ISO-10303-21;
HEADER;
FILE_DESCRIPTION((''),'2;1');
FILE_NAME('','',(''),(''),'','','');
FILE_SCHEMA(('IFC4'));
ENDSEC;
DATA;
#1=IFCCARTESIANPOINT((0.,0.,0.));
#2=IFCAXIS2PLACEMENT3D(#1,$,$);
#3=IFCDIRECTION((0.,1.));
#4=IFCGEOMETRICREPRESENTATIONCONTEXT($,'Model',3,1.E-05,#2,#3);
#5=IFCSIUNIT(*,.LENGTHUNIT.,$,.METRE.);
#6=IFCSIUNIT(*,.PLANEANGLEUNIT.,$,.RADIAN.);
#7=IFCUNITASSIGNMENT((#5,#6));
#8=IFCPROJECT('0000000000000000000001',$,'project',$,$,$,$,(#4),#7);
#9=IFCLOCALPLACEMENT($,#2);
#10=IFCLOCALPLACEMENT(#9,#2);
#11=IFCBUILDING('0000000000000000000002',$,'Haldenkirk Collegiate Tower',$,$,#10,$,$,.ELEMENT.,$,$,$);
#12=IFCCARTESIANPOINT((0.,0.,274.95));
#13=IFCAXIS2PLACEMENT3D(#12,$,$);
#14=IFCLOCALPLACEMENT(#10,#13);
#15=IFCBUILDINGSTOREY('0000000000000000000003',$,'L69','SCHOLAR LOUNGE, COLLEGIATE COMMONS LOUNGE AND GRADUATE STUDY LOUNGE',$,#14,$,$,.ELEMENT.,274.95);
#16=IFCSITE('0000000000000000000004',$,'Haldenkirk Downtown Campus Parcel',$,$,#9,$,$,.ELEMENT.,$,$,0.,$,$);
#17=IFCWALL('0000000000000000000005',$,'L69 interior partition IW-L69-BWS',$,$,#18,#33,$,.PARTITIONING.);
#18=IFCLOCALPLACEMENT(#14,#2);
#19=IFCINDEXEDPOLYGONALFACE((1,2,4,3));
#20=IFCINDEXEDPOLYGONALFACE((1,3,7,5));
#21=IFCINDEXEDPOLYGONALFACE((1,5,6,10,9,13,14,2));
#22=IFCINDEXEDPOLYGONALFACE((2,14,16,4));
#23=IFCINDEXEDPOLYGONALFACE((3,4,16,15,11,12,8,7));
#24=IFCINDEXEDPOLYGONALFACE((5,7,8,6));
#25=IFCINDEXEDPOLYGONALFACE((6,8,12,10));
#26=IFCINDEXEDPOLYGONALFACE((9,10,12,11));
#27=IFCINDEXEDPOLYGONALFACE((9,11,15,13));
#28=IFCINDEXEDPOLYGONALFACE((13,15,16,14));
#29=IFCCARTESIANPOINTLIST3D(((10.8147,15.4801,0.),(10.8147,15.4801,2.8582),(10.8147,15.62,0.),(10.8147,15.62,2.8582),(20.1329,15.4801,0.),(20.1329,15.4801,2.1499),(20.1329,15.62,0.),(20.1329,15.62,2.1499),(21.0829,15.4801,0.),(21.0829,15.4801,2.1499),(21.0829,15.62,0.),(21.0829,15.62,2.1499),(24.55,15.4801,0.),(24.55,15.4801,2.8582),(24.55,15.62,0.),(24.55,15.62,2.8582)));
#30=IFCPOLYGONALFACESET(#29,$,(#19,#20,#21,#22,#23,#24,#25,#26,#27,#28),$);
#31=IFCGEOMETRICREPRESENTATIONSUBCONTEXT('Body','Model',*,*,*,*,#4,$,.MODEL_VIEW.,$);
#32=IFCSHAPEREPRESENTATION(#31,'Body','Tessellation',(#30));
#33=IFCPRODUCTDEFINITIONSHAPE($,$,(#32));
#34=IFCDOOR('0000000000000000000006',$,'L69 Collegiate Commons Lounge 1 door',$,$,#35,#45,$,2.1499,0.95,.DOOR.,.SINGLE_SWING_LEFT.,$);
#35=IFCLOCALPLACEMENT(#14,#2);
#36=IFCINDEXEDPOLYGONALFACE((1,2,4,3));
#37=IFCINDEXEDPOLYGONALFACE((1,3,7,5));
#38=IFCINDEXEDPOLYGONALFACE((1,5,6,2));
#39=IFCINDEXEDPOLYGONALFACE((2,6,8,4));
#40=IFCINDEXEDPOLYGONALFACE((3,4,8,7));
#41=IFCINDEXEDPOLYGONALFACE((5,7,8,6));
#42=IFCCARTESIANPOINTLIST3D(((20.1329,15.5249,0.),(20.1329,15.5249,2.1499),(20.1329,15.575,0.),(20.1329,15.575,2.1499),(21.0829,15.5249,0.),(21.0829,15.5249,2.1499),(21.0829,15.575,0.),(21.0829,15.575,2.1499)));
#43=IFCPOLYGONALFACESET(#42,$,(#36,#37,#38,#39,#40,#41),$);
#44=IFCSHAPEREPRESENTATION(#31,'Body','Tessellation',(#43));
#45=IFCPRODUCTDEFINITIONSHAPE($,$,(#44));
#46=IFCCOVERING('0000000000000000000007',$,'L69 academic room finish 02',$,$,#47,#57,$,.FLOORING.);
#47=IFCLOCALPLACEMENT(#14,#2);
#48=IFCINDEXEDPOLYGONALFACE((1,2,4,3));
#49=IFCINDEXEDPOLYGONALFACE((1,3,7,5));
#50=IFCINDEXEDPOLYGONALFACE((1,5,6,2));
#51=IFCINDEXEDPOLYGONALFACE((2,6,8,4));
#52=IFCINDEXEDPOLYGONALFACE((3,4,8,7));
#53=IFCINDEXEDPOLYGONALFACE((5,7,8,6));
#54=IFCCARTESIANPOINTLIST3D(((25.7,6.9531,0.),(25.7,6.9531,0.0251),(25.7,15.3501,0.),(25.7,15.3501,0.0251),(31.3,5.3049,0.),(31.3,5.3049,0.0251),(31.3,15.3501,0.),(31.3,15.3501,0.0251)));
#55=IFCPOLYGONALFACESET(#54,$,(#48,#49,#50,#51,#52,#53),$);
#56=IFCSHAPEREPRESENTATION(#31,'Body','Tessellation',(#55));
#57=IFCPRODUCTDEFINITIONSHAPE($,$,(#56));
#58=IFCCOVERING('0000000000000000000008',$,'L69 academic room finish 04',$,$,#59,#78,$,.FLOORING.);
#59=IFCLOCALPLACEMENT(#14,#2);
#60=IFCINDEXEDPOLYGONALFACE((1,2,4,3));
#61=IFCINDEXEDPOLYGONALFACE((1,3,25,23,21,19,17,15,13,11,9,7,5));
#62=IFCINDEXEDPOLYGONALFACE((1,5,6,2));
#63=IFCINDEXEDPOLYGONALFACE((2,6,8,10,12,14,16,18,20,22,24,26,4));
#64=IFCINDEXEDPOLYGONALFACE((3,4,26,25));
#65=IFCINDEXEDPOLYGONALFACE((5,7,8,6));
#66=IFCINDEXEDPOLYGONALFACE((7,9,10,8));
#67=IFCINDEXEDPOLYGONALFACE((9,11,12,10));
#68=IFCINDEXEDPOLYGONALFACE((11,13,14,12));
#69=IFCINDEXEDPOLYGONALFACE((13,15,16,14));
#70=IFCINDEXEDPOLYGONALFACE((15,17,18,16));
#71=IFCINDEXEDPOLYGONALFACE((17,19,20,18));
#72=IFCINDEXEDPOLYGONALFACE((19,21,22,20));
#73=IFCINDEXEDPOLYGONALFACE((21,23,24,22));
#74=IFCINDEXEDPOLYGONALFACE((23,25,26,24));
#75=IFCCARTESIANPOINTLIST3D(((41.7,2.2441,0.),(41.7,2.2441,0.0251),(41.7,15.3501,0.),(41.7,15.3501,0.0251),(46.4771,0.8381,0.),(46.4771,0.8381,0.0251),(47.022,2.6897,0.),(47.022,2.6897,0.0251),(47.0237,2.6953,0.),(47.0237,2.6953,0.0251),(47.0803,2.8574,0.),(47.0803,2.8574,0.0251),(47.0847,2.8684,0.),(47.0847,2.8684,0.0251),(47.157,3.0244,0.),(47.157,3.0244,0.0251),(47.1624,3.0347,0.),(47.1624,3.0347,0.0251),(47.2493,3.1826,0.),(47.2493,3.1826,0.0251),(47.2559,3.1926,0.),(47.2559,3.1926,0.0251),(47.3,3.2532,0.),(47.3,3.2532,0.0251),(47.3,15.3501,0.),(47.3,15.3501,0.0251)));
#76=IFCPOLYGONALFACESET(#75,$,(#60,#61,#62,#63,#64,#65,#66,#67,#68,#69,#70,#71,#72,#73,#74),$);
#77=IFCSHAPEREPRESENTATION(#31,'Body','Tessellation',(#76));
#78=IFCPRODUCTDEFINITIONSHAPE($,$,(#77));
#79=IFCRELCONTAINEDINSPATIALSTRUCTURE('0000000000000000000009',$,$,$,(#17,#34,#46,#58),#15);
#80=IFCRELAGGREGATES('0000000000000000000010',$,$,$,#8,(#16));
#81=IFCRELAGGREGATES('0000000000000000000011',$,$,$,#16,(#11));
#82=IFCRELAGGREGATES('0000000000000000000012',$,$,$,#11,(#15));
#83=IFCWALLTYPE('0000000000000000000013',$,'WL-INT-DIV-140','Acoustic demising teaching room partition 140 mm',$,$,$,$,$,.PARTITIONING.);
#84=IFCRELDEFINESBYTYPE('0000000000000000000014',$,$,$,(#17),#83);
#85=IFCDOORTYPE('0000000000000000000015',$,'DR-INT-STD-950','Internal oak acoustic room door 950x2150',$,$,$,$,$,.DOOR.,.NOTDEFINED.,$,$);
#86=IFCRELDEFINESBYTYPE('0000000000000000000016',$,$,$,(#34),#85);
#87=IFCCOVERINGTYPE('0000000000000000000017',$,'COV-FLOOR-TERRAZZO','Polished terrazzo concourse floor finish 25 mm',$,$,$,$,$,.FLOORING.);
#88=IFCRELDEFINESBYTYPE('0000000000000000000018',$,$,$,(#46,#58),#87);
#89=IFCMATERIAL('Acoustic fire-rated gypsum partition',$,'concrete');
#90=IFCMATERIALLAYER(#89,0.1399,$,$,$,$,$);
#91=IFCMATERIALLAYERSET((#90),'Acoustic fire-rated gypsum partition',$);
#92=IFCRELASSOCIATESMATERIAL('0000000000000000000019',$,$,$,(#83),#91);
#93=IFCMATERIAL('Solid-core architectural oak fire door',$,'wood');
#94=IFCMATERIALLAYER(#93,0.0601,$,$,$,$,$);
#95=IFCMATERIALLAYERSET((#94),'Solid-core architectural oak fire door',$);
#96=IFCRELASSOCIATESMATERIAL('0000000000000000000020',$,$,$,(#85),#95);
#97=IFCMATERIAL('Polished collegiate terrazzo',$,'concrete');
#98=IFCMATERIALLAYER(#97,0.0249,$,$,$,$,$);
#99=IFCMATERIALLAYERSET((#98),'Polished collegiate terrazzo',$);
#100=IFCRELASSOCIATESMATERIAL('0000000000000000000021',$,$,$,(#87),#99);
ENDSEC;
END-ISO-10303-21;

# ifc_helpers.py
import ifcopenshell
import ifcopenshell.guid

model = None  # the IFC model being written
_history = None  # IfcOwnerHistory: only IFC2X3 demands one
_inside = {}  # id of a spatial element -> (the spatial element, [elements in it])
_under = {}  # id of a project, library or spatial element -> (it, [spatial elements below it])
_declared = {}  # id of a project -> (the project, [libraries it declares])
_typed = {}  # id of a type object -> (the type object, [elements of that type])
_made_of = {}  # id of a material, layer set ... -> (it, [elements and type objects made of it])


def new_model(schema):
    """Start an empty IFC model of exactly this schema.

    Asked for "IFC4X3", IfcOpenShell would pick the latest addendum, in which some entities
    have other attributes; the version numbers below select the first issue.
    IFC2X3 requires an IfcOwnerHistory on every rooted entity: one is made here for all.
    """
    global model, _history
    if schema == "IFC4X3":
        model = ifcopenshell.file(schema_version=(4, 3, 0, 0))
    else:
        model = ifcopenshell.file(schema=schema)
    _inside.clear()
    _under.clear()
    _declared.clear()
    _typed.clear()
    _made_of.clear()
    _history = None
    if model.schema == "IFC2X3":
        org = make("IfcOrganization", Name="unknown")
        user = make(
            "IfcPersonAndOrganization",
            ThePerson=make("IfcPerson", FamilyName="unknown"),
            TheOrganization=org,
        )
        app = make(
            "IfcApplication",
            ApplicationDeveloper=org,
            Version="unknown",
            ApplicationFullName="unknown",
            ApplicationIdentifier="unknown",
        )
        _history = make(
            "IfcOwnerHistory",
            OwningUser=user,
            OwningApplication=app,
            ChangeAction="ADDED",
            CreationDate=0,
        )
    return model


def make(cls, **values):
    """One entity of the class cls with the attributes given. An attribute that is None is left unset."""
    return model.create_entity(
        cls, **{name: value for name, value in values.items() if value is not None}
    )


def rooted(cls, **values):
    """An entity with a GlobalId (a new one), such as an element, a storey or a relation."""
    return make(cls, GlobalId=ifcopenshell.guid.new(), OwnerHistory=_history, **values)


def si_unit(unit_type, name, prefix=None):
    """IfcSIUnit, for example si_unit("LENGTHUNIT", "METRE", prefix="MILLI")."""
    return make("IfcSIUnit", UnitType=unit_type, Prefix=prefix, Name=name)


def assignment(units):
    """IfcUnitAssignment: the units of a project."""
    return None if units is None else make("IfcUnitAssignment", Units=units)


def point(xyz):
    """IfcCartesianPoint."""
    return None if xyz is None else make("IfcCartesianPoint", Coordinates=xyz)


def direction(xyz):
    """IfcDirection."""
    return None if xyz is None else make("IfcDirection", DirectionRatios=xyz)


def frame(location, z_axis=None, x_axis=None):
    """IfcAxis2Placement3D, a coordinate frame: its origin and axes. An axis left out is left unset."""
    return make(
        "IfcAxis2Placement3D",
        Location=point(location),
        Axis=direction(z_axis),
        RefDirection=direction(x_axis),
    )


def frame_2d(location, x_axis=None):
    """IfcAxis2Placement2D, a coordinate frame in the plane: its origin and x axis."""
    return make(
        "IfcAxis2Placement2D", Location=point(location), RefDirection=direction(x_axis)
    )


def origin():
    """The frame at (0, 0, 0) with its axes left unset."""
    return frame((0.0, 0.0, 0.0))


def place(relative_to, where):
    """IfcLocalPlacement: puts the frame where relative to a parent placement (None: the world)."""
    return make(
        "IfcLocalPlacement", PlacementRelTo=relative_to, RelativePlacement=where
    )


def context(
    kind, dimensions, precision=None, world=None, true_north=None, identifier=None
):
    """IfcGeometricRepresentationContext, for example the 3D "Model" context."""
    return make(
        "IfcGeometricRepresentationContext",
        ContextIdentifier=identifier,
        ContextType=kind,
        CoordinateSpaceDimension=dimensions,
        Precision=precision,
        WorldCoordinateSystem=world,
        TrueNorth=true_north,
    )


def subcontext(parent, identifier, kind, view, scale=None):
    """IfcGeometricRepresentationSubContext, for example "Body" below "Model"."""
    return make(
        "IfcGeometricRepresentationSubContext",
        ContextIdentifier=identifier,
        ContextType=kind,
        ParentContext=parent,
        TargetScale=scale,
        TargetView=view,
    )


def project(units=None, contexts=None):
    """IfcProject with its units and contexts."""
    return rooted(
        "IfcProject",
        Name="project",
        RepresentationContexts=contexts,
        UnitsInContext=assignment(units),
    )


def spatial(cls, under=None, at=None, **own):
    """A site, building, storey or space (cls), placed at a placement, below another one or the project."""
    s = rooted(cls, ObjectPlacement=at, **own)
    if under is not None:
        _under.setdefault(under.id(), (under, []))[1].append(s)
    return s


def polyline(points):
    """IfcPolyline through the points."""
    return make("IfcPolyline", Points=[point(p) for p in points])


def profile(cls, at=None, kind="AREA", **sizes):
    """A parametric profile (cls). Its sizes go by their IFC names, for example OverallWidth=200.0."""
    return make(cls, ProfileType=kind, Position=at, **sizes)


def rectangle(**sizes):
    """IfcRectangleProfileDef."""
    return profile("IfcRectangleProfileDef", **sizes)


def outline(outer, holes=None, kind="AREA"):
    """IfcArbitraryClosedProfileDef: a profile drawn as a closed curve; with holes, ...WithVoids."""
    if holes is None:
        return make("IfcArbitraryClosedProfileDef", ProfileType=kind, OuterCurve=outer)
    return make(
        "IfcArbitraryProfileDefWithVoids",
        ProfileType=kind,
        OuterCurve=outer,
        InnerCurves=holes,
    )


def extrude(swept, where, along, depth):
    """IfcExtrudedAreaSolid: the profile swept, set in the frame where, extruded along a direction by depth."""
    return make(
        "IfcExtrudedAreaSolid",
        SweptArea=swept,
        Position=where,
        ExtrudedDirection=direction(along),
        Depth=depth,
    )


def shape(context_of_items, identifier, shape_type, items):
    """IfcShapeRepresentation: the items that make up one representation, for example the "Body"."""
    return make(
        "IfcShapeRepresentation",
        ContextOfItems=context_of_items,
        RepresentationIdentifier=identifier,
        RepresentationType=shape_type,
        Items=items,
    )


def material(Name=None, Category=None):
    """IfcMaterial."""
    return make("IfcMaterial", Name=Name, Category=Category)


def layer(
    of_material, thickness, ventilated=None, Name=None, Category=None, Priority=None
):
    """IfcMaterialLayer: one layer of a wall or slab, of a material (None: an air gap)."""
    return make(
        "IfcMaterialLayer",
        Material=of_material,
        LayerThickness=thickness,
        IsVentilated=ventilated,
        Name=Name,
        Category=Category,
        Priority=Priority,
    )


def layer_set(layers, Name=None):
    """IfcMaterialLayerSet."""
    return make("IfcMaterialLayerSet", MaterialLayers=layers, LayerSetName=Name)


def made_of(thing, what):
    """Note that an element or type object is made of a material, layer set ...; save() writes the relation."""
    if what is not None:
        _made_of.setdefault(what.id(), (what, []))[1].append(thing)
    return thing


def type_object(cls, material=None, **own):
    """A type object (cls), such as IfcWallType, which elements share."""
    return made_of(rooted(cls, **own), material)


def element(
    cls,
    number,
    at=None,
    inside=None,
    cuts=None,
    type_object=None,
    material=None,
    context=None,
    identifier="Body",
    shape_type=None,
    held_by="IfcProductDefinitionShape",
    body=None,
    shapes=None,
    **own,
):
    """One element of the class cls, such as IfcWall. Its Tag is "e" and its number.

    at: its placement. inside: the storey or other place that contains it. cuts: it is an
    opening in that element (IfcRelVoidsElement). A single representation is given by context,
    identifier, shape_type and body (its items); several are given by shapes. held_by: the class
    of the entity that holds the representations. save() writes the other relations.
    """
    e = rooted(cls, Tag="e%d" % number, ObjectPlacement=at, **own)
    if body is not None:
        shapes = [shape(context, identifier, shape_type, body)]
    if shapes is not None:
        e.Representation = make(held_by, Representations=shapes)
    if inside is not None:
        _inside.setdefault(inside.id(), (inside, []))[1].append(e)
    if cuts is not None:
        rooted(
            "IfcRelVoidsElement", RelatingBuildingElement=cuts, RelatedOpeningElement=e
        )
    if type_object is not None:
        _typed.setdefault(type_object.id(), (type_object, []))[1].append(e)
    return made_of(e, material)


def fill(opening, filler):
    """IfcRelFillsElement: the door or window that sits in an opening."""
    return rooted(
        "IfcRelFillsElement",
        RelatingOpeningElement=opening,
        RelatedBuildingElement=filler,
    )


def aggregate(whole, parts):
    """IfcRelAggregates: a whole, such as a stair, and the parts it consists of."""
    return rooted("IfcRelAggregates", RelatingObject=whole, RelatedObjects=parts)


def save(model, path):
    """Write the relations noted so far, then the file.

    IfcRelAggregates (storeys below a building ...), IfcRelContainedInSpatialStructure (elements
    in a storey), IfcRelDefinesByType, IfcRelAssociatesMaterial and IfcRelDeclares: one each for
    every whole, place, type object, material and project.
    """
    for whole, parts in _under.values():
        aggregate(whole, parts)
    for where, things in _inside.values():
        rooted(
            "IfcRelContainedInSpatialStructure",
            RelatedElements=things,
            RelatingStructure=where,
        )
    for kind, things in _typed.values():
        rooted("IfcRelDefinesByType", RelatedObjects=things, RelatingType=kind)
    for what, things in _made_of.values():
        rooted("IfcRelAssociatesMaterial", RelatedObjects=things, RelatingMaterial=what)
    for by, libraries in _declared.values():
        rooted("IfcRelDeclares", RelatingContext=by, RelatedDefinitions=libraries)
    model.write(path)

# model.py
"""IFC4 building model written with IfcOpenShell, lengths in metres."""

from ifc_helpers import new_model, si_unit, direction, frame, frame_2d, origin, place, context, subcontext, project, spatial, polyline, rectangle, outline, extrude, material, layer, layer_set, type_object, element, fill, save


model = new_model("IFC4")

# Units and contexts
model_context = context("Model", 3, precision=1e-05, world=origin(), true_north=direction((0.0, 1.0)))
body_context = subcontext(model_context, "Body", "Model", "MODEL_VIEW")
ifc_project = project(units=[si_unit("LENGTHUNIT", "METRE"), si_unit("PLANEANGLEUNIT", "RADIAN")], contexts=[model_context])

# Site, building, storey
site_placement = place(None, origin())
site = spatial("IfcSite", under=ifc_project, at=site_placement, Name="Haldenkirk Downtown Campus Parcel", CompositionType="ELEMENT", RefElevation=0.0)
building_placement = place(site_placement, origin())
building = spatial("IfcBuilding", under=site, at=building_placement, Name="Haldenkirk Collegiate Tower", CompositionType="ELEMENT")
storey_placement = place(building_placement, frame((0.0, 0.0, 274.95)))
storey = spatial("IfcBuildingStorey", under=building, at=storey_placement, Name="L69", Description="SCHOLAR LOUNGE, COLLEGIATE COMMONS LOUNGE AND GRADUATE STUDY LOUNGE", CompositionType="ELEMENT", Elevation=274.95)

# Wall, opening, door
ifc_material_1 = material(Name="Acoustic fire-rated gypsum partition", Category="concrete")
ifc_layer_1 = layer(ifc_material_1, 0.1399)
ifc_layer_set_1 = layer_set([ifc_layer_1], Name="Acoustic fire-rated gypsum partition")
wall_type_1 = type_object("IfcWallType", Name="WL-INT-DIV-140", Description="Acoustic demising teaching room partition 140 mm", PredefinedType="PARTITIONING", material=ifc_layer_set_1)
wall_1_placement = place(storey_placement, frame((10.8147, 15.55, 0.0), z_axis=(0.0, 0.0, 1.0), x_axis=(1.0, 0.0, 0.0)))
wall_1 = element("IfcWall", 1, at=wall_1_placement, inside=storey, type_object=wall_type_1, Name="L69 interior partition IW-L69-BWS", PredefinedType="PARTITIONING", context=body_context, shape_type="SweptSolid", body=[
    extrude(rectangle(XDim=13.7354, YDim=0.1399, at=frame_2d((6.8677, 0.0))), origin(), (0.0, 0.0, 1.0), 2.8582),
])
opening_1_placement = place(wall_1_placement, frame((9.3181, 0.0, 0.0)))
opening_1 = element("IfcOpeningElement", 2, at=opening_1_placement, cuts=wall_1, PredefinedType="OPENING", context=body_context, shape_type="SweptSolid", body=[
    extrude(rectangle(XDim=0.95, YDim=2.1499, at=frame_2d((0.4751, 1.075))), frame((0.0, 0.0798, 0.0), z_axis=(0.0, -1.0, 0.0), x_axis=(1.0, 0.0, 0.0)), (0.0, 0.0, 1.0), 0.1599),
])
ifc_material_2 = material(Name="Solid-core architectural oak fire door", Category="wood")
ifc_layer_2 = layer(ifc_material_2, 0.0601)
ifc_layer_set_2 = layer_set([ifc_layer_2], Name="Solid-core architectural oak fire door")
door_type = type_object("IfcDoorType", Name="DR-INT-STD-950", Description="Internal oak acoustic room door 950x2150", OperationType="NOTDEFINED", PredefinedType="DOOR", material=ifc_layer_set_2)
door_placement = place(opening_1_placement, origin())
door = element("IfcDoor", 3, at=door_placement, inside=storey, type_object=door_type, Name="L69 Collegiate Commons Lounge 1 door", OperationType="SINGLE_SWING_LEFT", OverallHeight=2.1499, OverallWidth=0.95, PredefinedType="DOOR", context=body_context, shape_type="SweptSolid", body=[
    extrude(rectangle(XDim=0.95, YDim=2.1499, at=frame_2d((0.4751, 1.075))), frame((0.0, 0.0249, 0.0), z_axis=(0.0, -1.0, 0.0), x_axis=(1.0, 0.0, 0.0)), (0.0, 0.0, 1.0), 0.05),
])
fill(opening_1, door)

# Coverings
ifc_material_3 = material(Name="Polished collegiate terrazzo", Category="concrete")
ifc_layer_3 = layer(ifc_material_3, 0.0249)
ifc_layer_set_3 = layer_set([ifc_layer_3], Name="Polished collegiate terrazzo")
covering_type_1 = type_object("IfcCoveringType", Name="COV-FLOOR-TERRAZZO", Description="Polished terrazzo concourse floor finish 25 mm", PredefinedType="FLOORING", material=ifc_layer_set_3)
covering_1_placement = place(storey_placement, origin())
element("IfcCovering", 4, at=covering_1_placement, inside=storey, type_object=covering_type_1, Name="L69 academic room finish 02", PredefinedType="FLOORING", context=body_context, shape_type="SweptSolid", body=[
    extrude(outline(polyline([(25.7, 6.9531), (25.7, 15.3501), (31.3, 15.3501), (31.3, 5.3049), (25.7, 6.9531)])), origin(), (0.0, 0.0, 1.0), 0.0251),
])
covering_2_placement = place(storey_placement, origin())
element("IfcCovering", 5, at=covering_2_placement, inside=storey, type_object=covering_type_1, Name="L69 academic room finish 04", PredefinedType="FLOORING", context=body_context, shape_type="SweptSolid", body=[
    extrude(outline(polyline([(47.2559, 3.1926), (47.2493, 3.1826), (47.1624, 3.0347), (47.157, 3.0244), (47.0847, 2.8684), (47.0803, 2.8574), (47.0237, 2.6953), (47.022, 2.6897), (46.4771, 0.8381), (41.7, 2.2441), (41.7, 15.3501), (47.3, 15.3501), (47.3, 3.2532), (47.2559, 3.1926)])), origin(), (0.0, 0.0, 1.0), 0.0251),
])

save(model, "model.ifc")
